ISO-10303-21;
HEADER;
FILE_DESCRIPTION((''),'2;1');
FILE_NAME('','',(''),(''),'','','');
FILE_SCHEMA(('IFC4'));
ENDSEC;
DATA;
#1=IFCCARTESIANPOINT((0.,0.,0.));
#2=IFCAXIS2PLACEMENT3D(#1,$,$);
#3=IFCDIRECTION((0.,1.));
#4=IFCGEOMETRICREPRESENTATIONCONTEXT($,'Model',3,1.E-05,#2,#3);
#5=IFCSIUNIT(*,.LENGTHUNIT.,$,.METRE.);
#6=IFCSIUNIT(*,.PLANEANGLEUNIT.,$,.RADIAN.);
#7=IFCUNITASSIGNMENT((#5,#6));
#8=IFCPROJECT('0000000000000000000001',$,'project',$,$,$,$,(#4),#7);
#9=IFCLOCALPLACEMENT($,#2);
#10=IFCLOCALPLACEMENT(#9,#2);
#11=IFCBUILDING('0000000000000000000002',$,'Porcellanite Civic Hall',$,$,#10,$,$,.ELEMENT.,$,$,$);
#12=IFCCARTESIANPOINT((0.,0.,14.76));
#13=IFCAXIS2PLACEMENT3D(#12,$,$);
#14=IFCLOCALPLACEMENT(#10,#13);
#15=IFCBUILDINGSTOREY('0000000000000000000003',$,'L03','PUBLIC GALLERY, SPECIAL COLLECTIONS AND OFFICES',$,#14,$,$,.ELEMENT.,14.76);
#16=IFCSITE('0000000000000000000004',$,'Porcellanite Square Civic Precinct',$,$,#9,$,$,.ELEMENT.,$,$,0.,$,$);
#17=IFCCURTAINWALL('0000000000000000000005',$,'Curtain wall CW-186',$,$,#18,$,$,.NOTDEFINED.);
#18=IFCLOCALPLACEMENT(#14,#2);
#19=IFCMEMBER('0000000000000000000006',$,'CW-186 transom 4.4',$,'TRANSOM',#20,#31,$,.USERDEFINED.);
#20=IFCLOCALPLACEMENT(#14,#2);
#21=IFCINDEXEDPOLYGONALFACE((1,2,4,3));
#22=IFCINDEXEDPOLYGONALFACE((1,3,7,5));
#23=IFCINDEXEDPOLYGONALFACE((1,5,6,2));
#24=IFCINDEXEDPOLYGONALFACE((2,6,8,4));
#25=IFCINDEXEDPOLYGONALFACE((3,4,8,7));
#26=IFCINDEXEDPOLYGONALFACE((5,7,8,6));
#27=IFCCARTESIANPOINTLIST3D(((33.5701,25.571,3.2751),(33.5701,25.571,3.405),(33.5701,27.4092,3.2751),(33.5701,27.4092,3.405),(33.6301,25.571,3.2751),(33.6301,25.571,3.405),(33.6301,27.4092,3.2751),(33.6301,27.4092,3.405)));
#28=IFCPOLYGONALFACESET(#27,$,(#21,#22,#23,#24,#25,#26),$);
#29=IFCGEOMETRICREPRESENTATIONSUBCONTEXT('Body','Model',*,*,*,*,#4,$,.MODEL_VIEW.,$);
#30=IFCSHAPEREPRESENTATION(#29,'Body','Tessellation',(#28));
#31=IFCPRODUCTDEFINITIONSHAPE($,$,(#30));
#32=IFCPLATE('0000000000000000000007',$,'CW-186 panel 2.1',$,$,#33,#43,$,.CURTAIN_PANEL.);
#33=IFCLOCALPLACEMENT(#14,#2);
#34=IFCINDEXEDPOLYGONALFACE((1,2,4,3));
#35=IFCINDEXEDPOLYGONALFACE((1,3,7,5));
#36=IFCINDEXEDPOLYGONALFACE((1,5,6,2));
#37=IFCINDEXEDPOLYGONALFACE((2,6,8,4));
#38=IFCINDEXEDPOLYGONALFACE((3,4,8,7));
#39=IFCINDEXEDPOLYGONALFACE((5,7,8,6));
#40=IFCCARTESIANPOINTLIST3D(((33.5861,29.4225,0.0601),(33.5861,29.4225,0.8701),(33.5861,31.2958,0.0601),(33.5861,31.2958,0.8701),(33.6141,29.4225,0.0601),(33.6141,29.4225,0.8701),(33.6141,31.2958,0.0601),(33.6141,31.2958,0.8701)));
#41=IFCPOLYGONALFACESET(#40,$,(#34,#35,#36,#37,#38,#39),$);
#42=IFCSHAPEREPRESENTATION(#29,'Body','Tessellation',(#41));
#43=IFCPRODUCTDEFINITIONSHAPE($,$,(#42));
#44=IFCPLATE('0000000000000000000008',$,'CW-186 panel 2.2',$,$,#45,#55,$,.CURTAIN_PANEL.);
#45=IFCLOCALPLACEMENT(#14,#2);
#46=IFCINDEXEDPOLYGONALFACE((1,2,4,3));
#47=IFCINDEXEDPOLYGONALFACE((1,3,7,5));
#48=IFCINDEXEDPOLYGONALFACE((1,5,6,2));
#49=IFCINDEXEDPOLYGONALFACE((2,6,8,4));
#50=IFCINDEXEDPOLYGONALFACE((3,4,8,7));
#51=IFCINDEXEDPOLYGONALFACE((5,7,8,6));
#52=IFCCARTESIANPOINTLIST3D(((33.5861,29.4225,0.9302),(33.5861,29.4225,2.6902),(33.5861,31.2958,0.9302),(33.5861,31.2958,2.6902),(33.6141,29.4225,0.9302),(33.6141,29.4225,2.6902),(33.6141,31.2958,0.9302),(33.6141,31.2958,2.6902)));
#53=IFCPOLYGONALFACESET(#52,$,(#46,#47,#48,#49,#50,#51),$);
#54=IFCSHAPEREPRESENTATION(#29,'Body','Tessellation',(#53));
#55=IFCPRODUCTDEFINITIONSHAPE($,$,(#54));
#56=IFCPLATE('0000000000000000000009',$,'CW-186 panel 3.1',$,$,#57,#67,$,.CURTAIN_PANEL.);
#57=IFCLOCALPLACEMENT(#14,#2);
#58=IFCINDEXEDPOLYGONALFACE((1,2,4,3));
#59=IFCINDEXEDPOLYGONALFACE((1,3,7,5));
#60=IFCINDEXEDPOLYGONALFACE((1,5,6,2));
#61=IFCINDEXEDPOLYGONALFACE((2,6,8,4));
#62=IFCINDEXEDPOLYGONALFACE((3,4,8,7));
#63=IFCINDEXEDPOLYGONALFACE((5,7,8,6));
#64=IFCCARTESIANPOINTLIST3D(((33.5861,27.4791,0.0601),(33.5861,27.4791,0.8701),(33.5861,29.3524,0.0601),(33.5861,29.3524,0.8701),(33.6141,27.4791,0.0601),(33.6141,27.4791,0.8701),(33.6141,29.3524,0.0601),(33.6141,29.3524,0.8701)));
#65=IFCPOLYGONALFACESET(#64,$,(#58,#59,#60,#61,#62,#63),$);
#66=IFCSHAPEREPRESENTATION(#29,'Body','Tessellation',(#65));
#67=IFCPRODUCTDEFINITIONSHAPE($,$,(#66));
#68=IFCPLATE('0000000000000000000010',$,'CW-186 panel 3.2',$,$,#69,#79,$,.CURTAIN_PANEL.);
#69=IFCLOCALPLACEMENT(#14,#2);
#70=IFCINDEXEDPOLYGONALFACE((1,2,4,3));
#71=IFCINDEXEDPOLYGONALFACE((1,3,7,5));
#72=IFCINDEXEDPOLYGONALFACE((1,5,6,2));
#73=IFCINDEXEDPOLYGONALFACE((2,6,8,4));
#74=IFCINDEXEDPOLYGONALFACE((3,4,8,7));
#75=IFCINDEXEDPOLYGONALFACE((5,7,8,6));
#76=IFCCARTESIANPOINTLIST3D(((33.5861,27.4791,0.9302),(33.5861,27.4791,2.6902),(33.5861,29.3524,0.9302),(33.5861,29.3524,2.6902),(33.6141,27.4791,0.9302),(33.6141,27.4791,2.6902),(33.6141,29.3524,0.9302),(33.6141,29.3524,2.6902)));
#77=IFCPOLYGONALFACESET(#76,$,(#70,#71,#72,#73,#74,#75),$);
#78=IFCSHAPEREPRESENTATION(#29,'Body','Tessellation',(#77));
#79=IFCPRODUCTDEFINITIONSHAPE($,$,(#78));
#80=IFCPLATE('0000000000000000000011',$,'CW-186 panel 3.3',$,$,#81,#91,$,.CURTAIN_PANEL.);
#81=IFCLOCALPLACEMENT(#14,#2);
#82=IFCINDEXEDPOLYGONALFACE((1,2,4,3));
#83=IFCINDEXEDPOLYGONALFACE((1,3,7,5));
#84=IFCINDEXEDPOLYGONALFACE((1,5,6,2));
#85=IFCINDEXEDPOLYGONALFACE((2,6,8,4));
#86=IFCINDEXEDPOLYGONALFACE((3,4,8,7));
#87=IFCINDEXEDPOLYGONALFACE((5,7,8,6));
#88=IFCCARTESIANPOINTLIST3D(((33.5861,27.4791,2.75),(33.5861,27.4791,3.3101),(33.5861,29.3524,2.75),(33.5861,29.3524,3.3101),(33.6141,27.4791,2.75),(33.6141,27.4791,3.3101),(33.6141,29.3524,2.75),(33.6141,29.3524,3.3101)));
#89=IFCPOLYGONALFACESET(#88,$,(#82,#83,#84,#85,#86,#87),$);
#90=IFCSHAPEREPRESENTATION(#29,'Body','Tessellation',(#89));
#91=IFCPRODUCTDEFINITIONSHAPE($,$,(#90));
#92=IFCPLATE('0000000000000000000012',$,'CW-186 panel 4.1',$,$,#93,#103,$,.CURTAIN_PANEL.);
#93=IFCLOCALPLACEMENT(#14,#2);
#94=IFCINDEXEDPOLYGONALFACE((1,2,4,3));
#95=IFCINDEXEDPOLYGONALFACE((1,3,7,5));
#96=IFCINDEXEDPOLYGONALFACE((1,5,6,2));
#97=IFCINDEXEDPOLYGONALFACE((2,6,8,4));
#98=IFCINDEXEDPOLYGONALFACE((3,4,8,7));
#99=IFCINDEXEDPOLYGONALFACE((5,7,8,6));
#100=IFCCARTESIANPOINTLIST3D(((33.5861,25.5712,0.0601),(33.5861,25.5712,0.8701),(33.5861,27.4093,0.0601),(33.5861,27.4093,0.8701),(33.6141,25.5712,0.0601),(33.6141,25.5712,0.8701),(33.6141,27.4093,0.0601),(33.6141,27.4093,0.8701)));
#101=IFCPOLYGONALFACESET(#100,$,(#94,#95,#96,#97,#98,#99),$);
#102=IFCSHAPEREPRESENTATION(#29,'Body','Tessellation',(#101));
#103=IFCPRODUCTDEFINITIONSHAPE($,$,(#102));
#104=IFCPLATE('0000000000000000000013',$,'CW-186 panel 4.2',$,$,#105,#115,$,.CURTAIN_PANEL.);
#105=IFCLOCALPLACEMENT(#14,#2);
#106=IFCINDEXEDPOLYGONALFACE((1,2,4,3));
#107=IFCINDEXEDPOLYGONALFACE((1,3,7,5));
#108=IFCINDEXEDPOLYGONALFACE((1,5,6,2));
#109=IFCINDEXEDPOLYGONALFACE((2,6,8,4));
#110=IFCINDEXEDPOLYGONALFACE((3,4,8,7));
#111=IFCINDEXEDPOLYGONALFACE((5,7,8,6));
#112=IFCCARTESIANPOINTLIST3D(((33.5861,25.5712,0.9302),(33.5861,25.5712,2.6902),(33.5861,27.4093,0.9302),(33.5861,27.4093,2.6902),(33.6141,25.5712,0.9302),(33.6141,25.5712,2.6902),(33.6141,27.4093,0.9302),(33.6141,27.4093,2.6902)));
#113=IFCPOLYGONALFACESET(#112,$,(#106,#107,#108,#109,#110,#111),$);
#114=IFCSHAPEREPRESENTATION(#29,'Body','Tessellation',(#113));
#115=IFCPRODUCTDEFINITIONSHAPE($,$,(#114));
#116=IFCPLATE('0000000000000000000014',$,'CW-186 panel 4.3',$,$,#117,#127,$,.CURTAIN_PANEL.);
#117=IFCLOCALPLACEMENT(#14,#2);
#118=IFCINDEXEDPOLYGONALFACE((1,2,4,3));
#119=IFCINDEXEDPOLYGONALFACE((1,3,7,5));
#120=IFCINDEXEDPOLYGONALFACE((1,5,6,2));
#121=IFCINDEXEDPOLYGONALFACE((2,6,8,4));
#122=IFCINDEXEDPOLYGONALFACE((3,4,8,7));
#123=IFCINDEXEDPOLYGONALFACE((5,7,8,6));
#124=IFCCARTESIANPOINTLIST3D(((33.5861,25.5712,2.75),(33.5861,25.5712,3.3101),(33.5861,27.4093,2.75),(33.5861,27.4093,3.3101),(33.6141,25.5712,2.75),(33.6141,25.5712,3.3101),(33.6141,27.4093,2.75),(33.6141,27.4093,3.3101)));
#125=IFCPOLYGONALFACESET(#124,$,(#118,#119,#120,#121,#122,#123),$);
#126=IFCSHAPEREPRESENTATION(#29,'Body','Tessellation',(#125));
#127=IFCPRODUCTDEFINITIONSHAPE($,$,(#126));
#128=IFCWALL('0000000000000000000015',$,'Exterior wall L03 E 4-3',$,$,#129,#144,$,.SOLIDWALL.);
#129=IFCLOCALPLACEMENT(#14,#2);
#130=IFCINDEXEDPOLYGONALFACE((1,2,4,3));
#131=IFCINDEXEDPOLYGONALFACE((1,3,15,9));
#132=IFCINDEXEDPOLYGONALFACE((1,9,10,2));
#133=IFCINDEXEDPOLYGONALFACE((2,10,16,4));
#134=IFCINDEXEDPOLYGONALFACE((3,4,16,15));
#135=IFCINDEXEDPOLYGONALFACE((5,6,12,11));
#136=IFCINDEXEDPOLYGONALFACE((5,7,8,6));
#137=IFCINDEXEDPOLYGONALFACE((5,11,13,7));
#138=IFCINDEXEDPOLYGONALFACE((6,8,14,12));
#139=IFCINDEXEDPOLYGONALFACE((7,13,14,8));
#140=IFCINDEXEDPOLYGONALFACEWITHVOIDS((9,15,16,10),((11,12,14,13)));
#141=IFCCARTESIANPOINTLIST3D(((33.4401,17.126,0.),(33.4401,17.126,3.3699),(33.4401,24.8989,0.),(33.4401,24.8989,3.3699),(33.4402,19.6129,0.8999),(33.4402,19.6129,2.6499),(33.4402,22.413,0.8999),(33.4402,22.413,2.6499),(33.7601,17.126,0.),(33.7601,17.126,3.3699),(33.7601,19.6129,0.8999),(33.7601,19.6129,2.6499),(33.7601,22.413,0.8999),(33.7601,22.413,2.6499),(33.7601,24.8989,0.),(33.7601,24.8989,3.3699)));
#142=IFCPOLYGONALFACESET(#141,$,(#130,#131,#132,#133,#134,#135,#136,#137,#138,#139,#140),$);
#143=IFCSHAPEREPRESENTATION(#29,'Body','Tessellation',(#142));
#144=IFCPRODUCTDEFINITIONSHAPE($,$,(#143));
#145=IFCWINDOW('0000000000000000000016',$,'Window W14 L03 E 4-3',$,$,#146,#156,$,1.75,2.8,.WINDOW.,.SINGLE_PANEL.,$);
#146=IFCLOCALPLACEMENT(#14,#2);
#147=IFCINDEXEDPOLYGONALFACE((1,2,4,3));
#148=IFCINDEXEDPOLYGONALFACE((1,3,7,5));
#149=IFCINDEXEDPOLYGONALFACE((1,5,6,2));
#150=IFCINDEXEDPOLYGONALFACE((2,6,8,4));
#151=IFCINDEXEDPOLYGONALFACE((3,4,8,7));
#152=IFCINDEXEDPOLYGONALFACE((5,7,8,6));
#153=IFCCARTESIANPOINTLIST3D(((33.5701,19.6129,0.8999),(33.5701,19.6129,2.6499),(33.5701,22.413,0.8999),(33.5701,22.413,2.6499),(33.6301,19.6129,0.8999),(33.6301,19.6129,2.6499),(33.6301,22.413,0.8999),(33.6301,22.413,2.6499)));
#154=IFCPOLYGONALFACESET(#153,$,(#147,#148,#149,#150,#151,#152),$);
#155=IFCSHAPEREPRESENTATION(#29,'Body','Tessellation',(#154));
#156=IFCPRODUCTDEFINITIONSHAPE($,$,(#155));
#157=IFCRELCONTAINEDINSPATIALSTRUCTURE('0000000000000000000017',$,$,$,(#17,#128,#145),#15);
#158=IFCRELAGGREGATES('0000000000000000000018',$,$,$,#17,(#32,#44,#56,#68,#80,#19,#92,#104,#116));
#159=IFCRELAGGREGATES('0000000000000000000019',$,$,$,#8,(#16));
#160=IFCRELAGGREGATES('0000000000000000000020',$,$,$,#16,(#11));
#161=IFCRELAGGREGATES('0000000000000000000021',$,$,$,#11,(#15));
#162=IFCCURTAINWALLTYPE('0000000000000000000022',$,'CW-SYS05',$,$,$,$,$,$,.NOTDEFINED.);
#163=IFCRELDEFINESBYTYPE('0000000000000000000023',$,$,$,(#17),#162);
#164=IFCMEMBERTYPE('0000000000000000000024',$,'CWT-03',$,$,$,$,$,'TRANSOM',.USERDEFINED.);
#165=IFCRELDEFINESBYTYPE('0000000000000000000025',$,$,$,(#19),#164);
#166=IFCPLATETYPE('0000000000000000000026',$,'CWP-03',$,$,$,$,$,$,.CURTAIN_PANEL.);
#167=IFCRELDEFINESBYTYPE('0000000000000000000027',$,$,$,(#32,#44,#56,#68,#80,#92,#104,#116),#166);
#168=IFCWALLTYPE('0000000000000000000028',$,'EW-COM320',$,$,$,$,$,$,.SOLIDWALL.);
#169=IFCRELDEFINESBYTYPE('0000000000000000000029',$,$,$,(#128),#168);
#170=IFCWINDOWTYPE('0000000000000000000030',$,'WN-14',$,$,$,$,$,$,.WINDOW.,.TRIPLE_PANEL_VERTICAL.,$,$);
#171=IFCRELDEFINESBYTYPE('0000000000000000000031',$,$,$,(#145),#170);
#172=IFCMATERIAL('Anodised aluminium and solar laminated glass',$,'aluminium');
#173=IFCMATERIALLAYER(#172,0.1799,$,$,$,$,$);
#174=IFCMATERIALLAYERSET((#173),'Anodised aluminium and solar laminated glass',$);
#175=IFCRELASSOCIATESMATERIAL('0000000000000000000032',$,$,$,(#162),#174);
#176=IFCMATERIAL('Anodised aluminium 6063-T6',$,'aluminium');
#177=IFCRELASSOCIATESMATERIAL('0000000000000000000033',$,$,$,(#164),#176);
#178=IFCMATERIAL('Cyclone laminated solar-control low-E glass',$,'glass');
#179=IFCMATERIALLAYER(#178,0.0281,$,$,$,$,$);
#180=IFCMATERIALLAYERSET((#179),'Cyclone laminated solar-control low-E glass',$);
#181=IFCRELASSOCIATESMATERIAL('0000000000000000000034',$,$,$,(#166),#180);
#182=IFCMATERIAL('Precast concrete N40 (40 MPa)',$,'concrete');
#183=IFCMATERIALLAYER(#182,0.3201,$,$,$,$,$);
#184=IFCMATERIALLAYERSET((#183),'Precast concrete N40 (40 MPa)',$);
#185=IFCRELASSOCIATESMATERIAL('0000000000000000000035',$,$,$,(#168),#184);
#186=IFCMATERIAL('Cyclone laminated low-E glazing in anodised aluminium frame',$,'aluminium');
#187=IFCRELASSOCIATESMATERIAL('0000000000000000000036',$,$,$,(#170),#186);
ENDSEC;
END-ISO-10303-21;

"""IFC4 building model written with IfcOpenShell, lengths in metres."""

from ifc_helpers import new_model, si_unit, direction, frame, frame_2d, origin, origin_2d, place, context, subcontext, project, spatial, rectangle, extrude, material, layer, layer_set, material_profile, profile_set, type_object, element, fill, aggregate, save


model = new_model("IFC4")

# Units and contexts
model_context = context("Model", 3, precision=1e-05, world=origin(), true_north=direction((0.0, 1.0)))
body_context = subcontext(model_context, "Body", "Model", "MODEL_VIEW")
ifc_project = project(units=[si_unit("LENGTHUNIT", "METRE"), si_unit("PLANEANGLEUNIT", "RADIAN")], contexts=[model_context])

# Site, building, storey
site_placement = place(None, origin())
site = spatial("IfcSite", under=ifc_project, at=site_placement, Name="Porcellanite Square Civic Precinct", CompositionType="ELEMENT", RefElevation=0.0)
building_placement = place(site_placement, origin())
building = spatial("IfcBuilding", under=site, at=building_placement, Name="Porcellanite Civic Hall", CompositionType="ELEMENT")
storey_placement = place(building_placement, frame((0.0, 0.0, 14.76)))
storey = spatial("IfcBuildingStorey", under=building, at=storey_placement, Name="L03", Description="PUBLIC GALLERY, SPECIAL COLLECTIONS AND OFFICES", CompositionType="ELEMENT", Elevation=14.76)

# Curtain wall, member, plates
ifc_material_1 = material(Name="Anodised aluminium and solar laminated glass", Category="aluminium")
ifc_layer_1 = layer(ifc_material_1, 0.1799)
ifc_layer_set_1 = layer_set([ifc_layer_1], Name="Anodised aluminium and solar laminated glass")
curtain_wall_type = type_object("IfcCurtainWallType", Name="CW-SYS05", PredefinedType="NOTDEFINED", material=ifc_layer_set_1)
curtain_wall_placement = place(storey_placement, origin())
curtain_wall = element("IfcCurtainWall", 1, at=curtain_wall_placement, inside=storey, type_object=curtain_wall_type, Name="Curtain wall CW-186", PredefinedType="NOTDEFINED")
ifc_material_2 = material(Name="Anodised aluminium 6063-T6", Category="aluminium")
ifc_material_profile_1 = material_profile(ifc_material_2, rectangle(XDim=0.0601, YDim=0.1299, at=origin_2d()), Name="AL-60x130")
ifc_profile_set_1 = profile_set([ifc_material_profile_1], Name="Anodised aluminium 6063-T6")
member_type_1 = type_object("IfcMemberType", Name="CWT-03", ElementType="TRANSOM", PredefinedType="USERDEFINED", material=ifc_profile_set_1)
member_1_placement = place(storey_placement, frame((33.6001, 27.4092, 3.3401), z_axis=(0.0, -1.0, 0.0), x_axis=(1.0, 0.0, 0.0)))
member_1 = element("IfcMember", 2, at=member_1_placement, type_object=member_type_1, Name="CW-186 transom 4.4", ObjectType="TRANSOM", PredefinedType="USERDEFINED", context=body_context, shape_type="SweptSolid", body=[
    extrude(rectangle(XDim=0.0601, YDim=0.1299, at=origin_2d()), origin(), (0.0, 0.0, 1.0), 1.8381),
])
ifc_material_3 = material(Name="Cyclone laminated solar-control low-E glass", Category="glass")
ifc_layer_2 = layer(ifc_material_3, 0.0281)
ifc_layer_set_2 = layer_set([ifc_layer_2], Name="Cyclone laminated solar-control low-E glass")
plate_type = type_object("IfcPlateType", Name="CWP-03", PredefinedType="CURTAIN_PANEL", material=ifc_layer_set_2)
plate_1_placement = place(storey_placement, frame((33.6001, 30.3591, 0.0601), z_axis=(0.0, 0.0, 1.0), x_axis=(0.0, -1.0, 0.0)))
plate_1 = element("IfcPlate", 3, at=plate_1_placement, type_object=plate_type, Name="CW-186 panel 2.1", PredefinedType="CURTAIN_PANEL", context=body_context, shape_type="SweptSolid", body=[
    extrude(rectangle(XDim=1.8733, YDim=0.0281, at=origin_2d()), origin(), (0.0, 0.0, 1.0), 0.8101),
])
plate_2_placement = place(storey_placement, frame((33.6001, 30.3591, 0.9302), z_axis=(0.0, 0.0, 1.0), x_axis=(0.0, -1.0, 0.0)))
plate_2 = element("IfcPlate", 4, at=plate_2_placement, type_object=plate_type, Name="CW-186 panel 2.2", PredefinedType="CURTAIN_PANEL", context=body_context, shape_type="SweptSolid", body=[
    extrude(rectangle(XDim=1.8733, YDim=0.0281, at=origin_2d()), origin(), (0.0, 0.0, 1.0), 1.76),
])
plate_3_placement = place(storey_placement, frame((33.6001, 28.4158, 0.0601), z_axis=(0.0, 0.0, 1.0), x_axis=(0.0, -1.0, 0.0)))
plate_3 = element("IfcPlate", 5, at=plate_3_placement, type_object=plate_type, Name="CW-186 panel 3.1", PredefinedType="CURTAIN_PANEL", context=body_context, shape_type="SweptSolid", body=[
    extrude(rectangle(XDim=1.8733, YDim=0.0281, at=origin_2d()), origin(), (0.0, 0.0, 1.0), 0.8101),
])
plate_4_placement = place(storey_placement, frame((33.6001, 28.4158, 0.9302), z_axis=(0.0, 0.0, 1.0), x_axis=(0.0, -1.0, 0.0)))
plate_4 = element("IfcPlate", 6, at=plate_4_placement, type_object=plate_type, Name="CW-186 panel 3.2", PredefinedType="CURTAIN_PANEL", context=body_context, shape_type="SweptSolid", body=[
    extrude(rectangle(XDim=1.8733, YDim=0.0281, at=origin_2d()), origin(), (0.0, 0.0, 1.0), 1.76),
])
plate_5_placement = place(storey_placement, frame((33.6001, 28.4158, 2.75), z_axis=(0.0, 0.0, 1.0), x_axis=(0.0, -1.0, 0.0)))
plate_5 = element("IfcPlate", 7, at=plate_5_placement, type_object=plate_type, Name="CW-186 panel 3.3", PredefinedType="CURTAIN_PANEL", context=body_context, shape_type="SweptSolid", body=[
    extrude(rectangle(XDim=1.8733, YDim=0.0281, at=origin_2d()), origin(), (0.0, 0.0, 1.0), 0.5601),
])
plate_6_placement = place(storey_placement, frame((33.6001, 26.4902, 0.0601), z_axis=(0.0, 0.0, 1.0), x_axis=(0.0, -1.0, 0.0)))
plate_6 = element("IfcPlate", 8, at=plate_6_placement, type_object=plate_type, Name="CW-186 panel 4.1", PredefinedType="CURTAIN_PANEL", context=body_context, shape_type="SweptSolid", body=[
    extrude(rectangle(XDim=1.8381, YDim=0.0281, at=origin_2d()), origin(), (0.0, 0.0, 1.0), 0.8101),
])
plate_7_placement = place(storey_placement, frame((33.6001, 26.4902, 0.9302), z_axis=(0.0, 0.0, 1.0), x_axis=(0.0, -1.0, 0.0)))
plate_7 = element("IfcPlate", 9, at=plate_7_placement, type_object=plate_type, Name="CW-186 panel 4.2", PredefinedType="CURTAIN_PANEL", context=body_context, shape_type="SweptSolid", body=[
    extrude(rectangle(XDim=1.8381, YDim=0.0281, at=origin_2d()), origin(), (0.0, 0.0, 1.0), 1.76),
])
plate_8_placement = place(storey_placement, frame((33.6001, 26.4902, 2.75), z_axis=(0.0, 0.0, 1.0), x_axis=(0.0, -1.0, 0.0)))
plate_8 = element("IfcPlate", 10, at=plate_8_placement, type_object=plate_type, Name="CW-186 panel 4.3", PredefinedType="CURTAIN_PANEL", context=body_context, shape_type="SweptSolid", body=[
    extrude(rectangle(XDim=1.8381, YDim=0.0281, at=origin_2d()), origin(), (0.0, 0.0, 1.0), 0.5601),
])
aggregate(curtain_wall, [plate_1, plate_2, plate_3, plate_4, plate_5, member_1, plate_6, plate_7, plate_8])

# Wall, opening, window
ifc_material_4 = material(Name="Precast concrete N40 (40 MPa)", Category="concrete")
ifc_layer_3 = layer(ifc_material_4, 0.3201)
ifc_layer_set_3 = layer_set([ifc_layer_3], Name="Precast concrete N40 (40 MPa)")
wall_type = type_object("IfcWallType", Name="EW-COM320", PredefinedType="SOLIDWALL", material=ifc_layer_set_3)
wall_placement = place(storey_placement, frame((33.6001, 24.8989, 0.0), z_axis=(0.0, 0.0, 1.0), x_axis=(0.0, -1.0, 0.0)))
wall = element("IfcWall", 11, at=wall_placement, inside=storey, type_object=wall_type, Name="Exterior wall L03 E 4-3", PredefinedType="SOLIDWALL", context=body_context, shape_type="SweptSolid", body=[
    extrude(rectangle(XDim=7.7729, YDim=0.3201, at=frame_2d((3.8865, 0.0))), origin(), (0.0, 0.0, 1.0), 3.3699),
])
opening_placement = place(wall_placement, frame((2.4861, 0.0, 0.8999)))
opening = element("IfcOpeningElement", 12, at=opening_placement, cuts=wall, PredefinedType="OPENING", context=body_context, shape_type="SweptSolid", body=[
    extrude(rectangle(XDim=2.8, YDim=1.75, at=frame_2d((1.3999, 0.875))), frame((0.0, 0.1602, 0.0), z_axis=(0.0, -1.0, 0.0), x_axis=(1.0, 0.0, 0.0)), (0.0, 0.0, 1.0), 0.3201),
])
ifc_material_5 = material(Name="Cyclone laminated low-E glazing in anodised aluminium frame", Category="aluminium")
window_type = type_object("IfcWindowType", Name="WN-14", PartitioningType="TRIPLE_PANEL_VERTICAL", PredefinedType="WINDOW", material=ifc_material_5)
window_placement = place(opening_placement, origin())
window = element("IfcWindow", 13, at=window_placement, inside=storey, type_object=window_type, Name="Window W14 L03 E 4-3", OverallHeight=1.75, OverallWidth=2.8, PartitioningType="SINGLE_PANEL", PredefinedType="WINDOW", context=body_context, shape_type="SweptSolid", body=[
    extrude(rectangle(XDim=2.8, YDim=1.75, at=frame_2d((1.3999, 0.875))), frame((0.0, 0.03, 0.0), z_axis=(0.0, -1.0, 0.0), x_axis=(1.0, 0.0, 0.0)), (0.0, 0.0, 1.0), 0.0601),
])
fill(opening, window)

save(model, "model.ifc")
